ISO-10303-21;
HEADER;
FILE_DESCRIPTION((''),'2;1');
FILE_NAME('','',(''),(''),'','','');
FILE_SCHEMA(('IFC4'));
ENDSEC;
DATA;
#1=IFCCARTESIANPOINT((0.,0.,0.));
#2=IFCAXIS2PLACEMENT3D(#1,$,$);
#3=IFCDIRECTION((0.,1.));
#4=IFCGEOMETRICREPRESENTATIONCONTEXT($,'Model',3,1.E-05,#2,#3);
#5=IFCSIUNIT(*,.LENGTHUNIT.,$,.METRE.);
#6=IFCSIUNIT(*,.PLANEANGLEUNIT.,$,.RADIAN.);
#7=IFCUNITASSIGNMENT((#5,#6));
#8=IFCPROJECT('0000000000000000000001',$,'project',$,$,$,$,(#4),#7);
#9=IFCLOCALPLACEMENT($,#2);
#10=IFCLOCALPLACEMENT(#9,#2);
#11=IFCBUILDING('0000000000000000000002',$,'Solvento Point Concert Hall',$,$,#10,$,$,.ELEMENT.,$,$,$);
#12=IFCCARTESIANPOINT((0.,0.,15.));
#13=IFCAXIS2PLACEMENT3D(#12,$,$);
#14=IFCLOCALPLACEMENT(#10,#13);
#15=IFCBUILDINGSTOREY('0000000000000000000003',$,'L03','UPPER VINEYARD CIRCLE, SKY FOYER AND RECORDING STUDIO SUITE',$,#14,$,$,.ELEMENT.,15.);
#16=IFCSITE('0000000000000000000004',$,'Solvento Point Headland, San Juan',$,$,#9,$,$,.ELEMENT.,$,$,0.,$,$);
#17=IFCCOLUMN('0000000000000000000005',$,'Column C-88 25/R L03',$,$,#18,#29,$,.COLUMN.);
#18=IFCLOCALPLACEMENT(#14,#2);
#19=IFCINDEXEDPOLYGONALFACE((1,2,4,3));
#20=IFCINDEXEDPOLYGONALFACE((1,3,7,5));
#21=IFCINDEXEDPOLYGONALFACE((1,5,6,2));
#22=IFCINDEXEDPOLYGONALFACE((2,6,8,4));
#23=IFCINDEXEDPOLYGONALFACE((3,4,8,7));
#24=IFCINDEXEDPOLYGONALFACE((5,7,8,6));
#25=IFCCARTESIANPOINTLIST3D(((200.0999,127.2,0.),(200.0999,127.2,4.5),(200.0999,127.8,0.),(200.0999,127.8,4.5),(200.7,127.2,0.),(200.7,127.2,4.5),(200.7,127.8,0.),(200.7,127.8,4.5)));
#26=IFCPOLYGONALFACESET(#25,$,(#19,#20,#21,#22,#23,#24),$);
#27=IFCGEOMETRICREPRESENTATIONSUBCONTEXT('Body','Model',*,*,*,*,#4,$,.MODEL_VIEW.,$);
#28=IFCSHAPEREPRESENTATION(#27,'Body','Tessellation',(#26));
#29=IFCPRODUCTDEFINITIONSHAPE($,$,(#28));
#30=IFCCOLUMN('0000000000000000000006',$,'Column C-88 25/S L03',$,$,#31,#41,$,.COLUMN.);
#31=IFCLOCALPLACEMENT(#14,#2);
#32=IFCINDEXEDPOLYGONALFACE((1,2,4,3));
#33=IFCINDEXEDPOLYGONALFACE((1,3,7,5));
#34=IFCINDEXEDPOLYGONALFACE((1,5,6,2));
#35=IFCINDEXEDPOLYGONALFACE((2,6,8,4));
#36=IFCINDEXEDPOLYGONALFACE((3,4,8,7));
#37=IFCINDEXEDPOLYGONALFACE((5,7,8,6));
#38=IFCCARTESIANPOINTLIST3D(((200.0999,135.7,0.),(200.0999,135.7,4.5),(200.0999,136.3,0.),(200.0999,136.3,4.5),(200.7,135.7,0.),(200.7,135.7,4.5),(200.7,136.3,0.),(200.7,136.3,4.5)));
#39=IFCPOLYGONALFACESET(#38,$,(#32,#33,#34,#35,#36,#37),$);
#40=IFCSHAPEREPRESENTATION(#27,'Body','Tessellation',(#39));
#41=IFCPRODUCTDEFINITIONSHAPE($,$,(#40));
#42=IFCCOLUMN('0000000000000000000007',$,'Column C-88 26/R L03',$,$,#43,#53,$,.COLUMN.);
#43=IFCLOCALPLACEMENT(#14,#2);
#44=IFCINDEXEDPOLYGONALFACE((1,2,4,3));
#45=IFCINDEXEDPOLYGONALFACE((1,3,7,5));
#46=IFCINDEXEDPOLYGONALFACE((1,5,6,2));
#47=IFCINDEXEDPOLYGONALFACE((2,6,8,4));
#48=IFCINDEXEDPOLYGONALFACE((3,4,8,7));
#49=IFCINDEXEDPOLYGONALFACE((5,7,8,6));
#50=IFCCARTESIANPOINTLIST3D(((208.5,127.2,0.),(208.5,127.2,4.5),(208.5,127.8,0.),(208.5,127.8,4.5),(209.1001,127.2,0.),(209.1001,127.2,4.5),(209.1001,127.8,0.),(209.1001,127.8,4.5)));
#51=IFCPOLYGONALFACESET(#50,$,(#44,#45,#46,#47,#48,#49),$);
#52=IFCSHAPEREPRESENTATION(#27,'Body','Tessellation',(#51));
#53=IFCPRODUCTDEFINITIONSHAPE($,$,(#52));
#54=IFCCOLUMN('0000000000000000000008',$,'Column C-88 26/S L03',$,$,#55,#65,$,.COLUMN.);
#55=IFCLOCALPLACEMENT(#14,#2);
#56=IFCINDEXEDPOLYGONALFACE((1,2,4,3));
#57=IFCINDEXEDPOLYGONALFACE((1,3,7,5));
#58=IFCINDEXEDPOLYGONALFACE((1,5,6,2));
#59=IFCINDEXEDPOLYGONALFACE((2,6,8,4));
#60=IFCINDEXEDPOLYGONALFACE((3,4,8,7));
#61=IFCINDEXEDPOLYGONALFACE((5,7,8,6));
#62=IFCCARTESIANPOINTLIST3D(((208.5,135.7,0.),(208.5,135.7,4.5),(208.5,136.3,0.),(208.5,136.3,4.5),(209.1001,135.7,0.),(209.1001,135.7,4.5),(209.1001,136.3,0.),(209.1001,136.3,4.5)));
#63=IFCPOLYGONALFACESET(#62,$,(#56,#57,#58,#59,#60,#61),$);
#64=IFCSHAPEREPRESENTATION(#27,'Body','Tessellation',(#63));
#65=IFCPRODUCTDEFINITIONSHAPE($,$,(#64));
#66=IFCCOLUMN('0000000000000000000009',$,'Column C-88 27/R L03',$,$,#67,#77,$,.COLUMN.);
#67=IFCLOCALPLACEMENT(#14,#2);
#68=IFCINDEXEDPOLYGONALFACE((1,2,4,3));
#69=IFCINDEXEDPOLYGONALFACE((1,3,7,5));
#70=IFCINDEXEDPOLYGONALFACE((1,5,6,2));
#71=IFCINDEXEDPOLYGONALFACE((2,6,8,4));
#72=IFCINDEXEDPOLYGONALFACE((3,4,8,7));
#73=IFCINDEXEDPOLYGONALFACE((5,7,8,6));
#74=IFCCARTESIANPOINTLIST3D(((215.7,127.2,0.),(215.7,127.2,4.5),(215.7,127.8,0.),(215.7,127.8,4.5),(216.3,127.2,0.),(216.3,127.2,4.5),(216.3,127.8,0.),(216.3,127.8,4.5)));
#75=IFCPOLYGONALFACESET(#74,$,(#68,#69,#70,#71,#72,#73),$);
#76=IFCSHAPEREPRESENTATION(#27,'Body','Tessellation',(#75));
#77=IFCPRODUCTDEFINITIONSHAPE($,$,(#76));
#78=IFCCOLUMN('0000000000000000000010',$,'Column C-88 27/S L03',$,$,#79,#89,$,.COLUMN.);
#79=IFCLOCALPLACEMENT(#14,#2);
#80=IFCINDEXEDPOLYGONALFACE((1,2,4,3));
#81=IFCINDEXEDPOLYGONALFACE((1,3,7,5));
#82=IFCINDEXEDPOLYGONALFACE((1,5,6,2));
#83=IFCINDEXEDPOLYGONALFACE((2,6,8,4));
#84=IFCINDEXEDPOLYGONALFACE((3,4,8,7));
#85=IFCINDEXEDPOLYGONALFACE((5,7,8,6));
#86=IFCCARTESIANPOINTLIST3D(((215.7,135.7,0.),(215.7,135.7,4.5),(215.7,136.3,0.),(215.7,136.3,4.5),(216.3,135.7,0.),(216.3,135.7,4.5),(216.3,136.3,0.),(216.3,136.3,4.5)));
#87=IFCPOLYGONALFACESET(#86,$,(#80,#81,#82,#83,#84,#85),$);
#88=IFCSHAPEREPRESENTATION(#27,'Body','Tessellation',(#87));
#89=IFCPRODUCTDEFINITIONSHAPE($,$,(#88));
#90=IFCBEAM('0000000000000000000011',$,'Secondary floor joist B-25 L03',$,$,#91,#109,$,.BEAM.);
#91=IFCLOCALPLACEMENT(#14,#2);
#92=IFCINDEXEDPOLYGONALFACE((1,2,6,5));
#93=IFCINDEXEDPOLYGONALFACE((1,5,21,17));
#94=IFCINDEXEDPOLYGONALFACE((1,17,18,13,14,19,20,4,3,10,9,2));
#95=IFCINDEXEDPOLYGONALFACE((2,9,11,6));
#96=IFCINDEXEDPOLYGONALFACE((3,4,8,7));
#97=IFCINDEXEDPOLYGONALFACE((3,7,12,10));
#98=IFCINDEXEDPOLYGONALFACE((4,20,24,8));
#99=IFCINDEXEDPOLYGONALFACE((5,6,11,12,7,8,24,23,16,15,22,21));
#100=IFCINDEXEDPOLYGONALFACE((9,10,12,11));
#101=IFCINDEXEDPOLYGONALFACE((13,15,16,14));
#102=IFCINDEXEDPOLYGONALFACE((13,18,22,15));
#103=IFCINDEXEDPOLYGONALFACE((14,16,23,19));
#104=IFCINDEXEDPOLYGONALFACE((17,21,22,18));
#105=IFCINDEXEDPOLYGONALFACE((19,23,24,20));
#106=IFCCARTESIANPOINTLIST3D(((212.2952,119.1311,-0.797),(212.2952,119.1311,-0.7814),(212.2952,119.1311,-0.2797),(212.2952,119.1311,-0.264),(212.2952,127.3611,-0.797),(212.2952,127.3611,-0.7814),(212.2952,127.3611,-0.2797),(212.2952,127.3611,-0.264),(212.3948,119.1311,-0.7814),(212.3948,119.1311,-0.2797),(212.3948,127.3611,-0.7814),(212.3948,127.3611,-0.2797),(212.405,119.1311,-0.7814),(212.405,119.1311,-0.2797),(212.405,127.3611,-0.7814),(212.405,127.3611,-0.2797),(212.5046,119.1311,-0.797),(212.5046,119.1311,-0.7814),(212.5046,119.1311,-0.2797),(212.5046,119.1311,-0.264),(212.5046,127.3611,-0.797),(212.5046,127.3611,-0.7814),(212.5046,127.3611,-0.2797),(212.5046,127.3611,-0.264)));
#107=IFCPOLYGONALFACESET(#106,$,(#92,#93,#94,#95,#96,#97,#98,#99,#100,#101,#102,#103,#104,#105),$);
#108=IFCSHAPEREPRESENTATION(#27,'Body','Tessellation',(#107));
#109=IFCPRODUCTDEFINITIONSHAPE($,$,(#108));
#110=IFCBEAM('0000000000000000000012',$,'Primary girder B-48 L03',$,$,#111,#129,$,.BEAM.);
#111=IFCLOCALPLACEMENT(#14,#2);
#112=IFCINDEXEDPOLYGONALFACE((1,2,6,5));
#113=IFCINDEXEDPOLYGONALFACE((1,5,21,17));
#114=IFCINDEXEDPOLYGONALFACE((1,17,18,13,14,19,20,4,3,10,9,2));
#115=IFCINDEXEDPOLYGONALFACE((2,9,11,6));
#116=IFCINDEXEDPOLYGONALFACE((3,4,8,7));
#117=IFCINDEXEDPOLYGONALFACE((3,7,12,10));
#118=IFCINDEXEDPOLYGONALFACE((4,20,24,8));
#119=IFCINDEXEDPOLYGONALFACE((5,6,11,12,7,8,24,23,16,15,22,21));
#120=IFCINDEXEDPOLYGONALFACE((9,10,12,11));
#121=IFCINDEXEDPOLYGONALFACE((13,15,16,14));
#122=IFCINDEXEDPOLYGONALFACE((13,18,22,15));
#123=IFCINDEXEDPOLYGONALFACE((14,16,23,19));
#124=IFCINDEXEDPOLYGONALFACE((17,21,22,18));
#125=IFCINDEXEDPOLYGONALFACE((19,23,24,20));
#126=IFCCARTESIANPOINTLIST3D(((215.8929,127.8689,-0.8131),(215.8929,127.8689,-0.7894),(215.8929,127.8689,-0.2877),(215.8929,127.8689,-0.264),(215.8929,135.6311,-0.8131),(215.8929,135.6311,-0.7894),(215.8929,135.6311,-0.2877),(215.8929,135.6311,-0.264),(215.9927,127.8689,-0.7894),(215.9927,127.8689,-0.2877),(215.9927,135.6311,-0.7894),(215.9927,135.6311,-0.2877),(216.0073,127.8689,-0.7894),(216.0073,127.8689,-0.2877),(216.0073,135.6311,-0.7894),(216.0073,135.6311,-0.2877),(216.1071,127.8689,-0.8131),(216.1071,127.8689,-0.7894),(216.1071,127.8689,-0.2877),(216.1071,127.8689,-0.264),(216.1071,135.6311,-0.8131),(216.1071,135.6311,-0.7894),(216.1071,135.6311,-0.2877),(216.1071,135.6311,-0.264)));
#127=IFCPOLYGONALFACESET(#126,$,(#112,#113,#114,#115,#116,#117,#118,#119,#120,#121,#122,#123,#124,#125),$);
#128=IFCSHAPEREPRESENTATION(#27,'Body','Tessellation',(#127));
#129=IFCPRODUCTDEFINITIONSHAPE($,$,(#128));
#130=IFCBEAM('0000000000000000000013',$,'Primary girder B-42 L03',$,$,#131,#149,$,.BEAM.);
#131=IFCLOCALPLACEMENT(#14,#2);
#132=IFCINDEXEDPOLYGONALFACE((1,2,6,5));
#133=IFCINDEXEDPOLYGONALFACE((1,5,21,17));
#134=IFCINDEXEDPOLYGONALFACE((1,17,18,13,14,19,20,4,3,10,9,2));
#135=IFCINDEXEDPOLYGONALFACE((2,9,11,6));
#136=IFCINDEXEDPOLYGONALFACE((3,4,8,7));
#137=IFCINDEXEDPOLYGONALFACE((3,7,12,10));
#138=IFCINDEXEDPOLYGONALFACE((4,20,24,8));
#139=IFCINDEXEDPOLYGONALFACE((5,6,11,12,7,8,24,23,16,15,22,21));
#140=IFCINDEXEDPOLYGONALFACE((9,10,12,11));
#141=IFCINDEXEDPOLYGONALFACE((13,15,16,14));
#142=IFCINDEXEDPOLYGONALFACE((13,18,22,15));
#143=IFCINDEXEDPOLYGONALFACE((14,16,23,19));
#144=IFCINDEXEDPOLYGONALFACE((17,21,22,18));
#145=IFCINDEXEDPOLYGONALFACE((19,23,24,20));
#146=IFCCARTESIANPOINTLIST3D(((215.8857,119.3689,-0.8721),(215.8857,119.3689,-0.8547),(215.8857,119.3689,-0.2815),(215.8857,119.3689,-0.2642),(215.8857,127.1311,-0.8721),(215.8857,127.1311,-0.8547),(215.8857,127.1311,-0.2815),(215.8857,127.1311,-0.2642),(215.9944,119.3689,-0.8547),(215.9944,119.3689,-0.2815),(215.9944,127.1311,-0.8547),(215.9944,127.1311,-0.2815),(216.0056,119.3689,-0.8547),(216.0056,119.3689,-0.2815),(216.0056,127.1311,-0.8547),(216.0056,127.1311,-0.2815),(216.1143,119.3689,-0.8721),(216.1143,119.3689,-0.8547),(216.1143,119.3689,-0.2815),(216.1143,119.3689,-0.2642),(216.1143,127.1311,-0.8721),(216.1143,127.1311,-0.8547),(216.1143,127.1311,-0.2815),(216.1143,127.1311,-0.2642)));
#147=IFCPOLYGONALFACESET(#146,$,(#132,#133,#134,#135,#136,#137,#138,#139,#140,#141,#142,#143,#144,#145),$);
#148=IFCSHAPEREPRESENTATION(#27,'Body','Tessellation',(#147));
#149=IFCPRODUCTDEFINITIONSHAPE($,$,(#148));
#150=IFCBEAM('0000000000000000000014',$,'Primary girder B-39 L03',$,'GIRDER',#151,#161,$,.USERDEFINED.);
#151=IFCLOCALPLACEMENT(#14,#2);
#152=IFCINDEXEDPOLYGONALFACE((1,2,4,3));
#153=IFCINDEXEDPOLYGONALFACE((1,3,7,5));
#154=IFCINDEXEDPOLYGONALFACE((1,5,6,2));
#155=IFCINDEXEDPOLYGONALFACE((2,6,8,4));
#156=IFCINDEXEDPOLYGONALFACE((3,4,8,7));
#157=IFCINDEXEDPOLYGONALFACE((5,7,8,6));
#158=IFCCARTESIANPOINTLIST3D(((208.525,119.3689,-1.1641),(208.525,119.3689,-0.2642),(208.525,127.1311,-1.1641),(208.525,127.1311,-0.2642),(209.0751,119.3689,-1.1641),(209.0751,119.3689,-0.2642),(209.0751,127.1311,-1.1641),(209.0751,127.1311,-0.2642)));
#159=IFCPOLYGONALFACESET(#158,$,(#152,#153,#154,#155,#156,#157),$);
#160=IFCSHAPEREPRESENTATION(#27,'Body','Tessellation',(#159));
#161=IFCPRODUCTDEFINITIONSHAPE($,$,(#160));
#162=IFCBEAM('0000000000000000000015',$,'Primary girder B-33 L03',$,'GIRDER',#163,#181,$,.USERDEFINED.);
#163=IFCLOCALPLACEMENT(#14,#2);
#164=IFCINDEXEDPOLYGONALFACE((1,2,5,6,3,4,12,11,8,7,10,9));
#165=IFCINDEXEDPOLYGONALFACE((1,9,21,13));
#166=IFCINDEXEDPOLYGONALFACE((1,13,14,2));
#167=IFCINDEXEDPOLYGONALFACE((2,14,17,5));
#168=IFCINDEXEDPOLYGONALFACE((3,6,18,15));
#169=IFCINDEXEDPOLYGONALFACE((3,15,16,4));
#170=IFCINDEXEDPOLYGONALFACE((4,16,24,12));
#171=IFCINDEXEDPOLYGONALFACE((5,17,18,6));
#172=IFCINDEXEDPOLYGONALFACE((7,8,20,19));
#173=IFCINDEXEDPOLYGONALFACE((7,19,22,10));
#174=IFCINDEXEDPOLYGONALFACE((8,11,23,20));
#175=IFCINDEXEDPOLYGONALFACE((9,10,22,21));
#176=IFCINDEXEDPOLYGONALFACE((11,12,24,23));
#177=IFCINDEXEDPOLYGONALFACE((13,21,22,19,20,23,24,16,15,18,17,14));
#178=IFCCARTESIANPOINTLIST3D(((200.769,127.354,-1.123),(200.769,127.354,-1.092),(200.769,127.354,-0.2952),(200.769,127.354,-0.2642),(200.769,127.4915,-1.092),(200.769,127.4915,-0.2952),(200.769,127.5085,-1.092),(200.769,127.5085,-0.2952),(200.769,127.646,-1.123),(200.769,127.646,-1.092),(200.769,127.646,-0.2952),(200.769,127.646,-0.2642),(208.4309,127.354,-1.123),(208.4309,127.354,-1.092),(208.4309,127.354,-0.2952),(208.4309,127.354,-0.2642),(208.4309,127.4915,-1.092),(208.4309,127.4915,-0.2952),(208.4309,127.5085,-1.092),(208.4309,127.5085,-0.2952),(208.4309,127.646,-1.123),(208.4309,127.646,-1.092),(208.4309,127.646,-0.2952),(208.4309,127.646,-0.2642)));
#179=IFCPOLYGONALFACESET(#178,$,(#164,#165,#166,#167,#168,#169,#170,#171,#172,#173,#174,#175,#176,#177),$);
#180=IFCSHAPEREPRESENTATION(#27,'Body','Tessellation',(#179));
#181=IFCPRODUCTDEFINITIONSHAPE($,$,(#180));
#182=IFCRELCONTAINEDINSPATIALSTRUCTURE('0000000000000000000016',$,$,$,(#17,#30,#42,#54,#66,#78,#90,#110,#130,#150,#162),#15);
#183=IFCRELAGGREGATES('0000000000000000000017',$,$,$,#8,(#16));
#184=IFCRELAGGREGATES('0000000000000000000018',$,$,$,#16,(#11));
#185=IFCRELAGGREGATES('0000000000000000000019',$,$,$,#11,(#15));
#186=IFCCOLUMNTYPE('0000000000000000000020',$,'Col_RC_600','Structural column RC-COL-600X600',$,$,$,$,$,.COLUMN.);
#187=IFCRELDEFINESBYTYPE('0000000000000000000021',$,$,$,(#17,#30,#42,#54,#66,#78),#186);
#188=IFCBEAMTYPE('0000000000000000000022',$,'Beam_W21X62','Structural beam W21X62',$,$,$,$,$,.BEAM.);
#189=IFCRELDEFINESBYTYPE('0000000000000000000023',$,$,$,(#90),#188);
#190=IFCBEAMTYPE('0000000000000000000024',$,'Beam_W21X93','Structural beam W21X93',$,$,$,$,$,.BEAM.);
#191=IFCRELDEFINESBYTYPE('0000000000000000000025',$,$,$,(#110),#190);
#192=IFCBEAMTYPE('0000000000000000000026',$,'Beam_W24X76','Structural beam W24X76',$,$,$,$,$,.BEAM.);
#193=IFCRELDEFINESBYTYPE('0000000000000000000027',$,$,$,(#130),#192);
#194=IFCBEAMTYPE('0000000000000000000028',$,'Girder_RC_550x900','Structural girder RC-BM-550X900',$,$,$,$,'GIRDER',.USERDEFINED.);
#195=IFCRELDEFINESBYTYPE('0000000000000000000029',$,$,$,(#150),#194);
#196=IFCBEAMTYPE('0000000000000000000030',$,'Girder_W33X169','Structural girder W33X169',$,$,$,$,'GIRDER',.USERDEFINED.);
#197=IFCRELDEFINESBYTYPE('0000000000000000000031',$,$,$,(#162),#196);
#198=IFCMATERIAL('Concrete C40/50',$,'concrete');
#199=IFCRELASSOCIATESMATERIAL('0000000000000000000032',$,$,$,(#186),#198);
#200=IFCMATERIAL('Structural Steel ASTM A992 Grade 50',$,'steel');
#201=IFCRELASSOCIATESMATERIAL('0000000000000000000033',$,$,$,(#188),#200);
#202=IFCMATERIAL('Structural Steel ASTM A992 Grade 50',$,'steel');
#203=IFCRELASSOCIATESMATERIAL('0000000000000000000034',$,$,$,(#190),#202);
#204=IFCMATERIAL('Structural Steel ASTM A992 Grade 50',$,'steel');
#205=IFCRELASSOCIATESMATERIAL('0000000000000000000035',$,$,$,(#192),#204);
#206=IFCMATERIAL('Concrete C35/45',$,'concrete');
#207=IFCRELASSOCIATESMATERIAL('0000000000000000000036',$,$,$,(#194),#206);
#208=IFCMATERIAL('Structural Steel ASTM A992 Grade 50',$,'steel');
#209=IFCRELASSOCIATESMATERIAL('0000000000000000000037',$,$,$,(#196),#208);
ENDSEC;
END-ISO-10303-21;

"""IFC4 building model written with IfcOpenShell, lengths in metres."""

from ifc_helpers import new_model, si_unit, direction, frame, origin, origin_2d, place, context, subcontext, project, spatial, rectangle, i_section, extrude, material, material_profile, profile_set, type_object, element, save


model = new_model("IFC4")

# Units and contexts
model_context = context("Model", 3, precision=1e-05, world=origin(), true_north=direction((0.0, 1.0)))
body_context = subcontext(model_context, "Body", "Model", "MODEL_VIEW")
ifc_project = project(units=[si_unit("LENGTHUNIT", "METRE"), si_unit("PLANEANGLEUNIT", "RADIAN")], contexts=[model_context])

# Site, building, storey
site_placement = place(None, origin())
site = spatial("IfcSite", under=ifc_project, at=site_placement, Name="Solvento Point Headland, San Juan", CompositionType="ELEMENT", RefElevation=0.0)
building_placement = place(site_placement, origin())
building = spatial("IfcBuilding", under=site, at=building_placement, Name="Solvento Point Concert Hall", CompositionType="ELEMENT")
storey_placement = place(building_placement, frame((0.0, 0.0, 15.0)))
storey = spatial("IfcBuildingStorey", under=building, at=storey_placement, Name="L03", Description="UPPER VINEYARD CIRCLE, SKY FOYER AND RECORDING STUDIO SUITE", CompositionType="ELEMENT", Elevation=15.0)

# Columns
ifc_material_1 = material(Name="Concrete C40/50", Category="concrete")
ifc_material_profile_1 = material_profile(ifc_material_1, rectangle(XDim=0.6001, YDim=0.6001, at=origin_2d()), Name="RC-COL-600X600")
ifc_profile_set_1 = profile_set([ifc_material_profile_1], Name="Concrete C40/50")
column_type = type_object("IfcColumnType", Name="Col_RC_600", Description="Structural column RC-COL-600X600", PredefinedType="COLUMN", material=ifc_profile_set_1)
for number, where, z_axis, x_axis, name in (
    (1, (200.3999, 127.5, 0.0), (0.0, 0.0, 1.0), (1.0, 0.0, 0.0), "Column C-88 25/R L03"),
    (2, (200.3999, 136.0, 0.0), (0.0, 0.0, 1.0), (1.0, 0.0, 0.0), "Column C-88 25/S L03"),
    (3, (208.8, 127.5, 0.0), (0.0, 0.0, 1.0), (1.0, 0.0, 0.0), "Column C-88 26/R L03"),
    (4, (208.8, 136.0, 0.0), (0.0, 0.0, 1.0), (1.0, 0.0, 0.0), "Column C-88 26/S L03"),
    (5, (216.0, 127.5, 0.0), (0.0, 0.0, 1.0), (1.0, 0.0, 0.0), "Column C-88 27/R L03"),
    (6, (216.0, 136.0, 0.0), (0.0, 0.0, 1.0), (1.0, 0.0, 0.0), "Column C-88 27/S L03"),
):
    element("IfcColumn", number, at=place(storey_placement, frame(where, z_axis=z_axis, x_axis=x_axis)), inside=storey, type_object=column_type, Name=name, PredefinedType="COLUMN", context=body_context, shape_type="SweptSolid", body=[
        extrude(rectangle(XDim=0.6001, YDim=0.6001, at=origin_2d()), origin(), (0.0, 0.0, 1.0), 4.5),
    ])

# Beams
ifc_material_2 = material(Name="Structural Steel ASTM A992 Grade 50", Category="steel")
ifc_material_profile_2 = material_profile(ifc_material_2, i_section(OverallWidth=0.2095, OverallDepth=0.533, WebThickness=0.0103, FlangeThickness=0.0156, at=origin_2d()), Name="W21X62")
ifc_profile_set_2 = profile_set([ifc_material_profile_2], Name="Structural Steel ASTM A992 Grade 50")
beam_type_1 = type_object("IfcBeamType", Name="Beam_W21X62", Description="Structural beam W21X62", PredefinedType="BEAM", material=ifc_profile_set_2)
beam_1_placement = place(storey_placement, frame((212.3999, 119.1311, -0.5305), z_axis=(0.0, 1.0, 0.0), x_axis=(-1.0, 0.0, 0.0)))
element("IfcBeam", 7, at=beam_1_placement, inside=storey, type_object=beam_type_1, Name="Secondary floor joist B-25 L03", PredefinedType="BEAM", context=body_context, shape_type="SweptSolid", body=[
    extrude(i_section(OverallWidth=0.2095, OverallDepth=0.533, WebThickness=0.0103, FlangeThickness=0.0156, at=origin_2d()), origin(), (0.0, 0.0, 1.0), 8.23),
])
ifc_material_3 = material(Name="Structural Steel ASTM A992 Grade 50", Category="steel")
ifc_material_profile_3 = material_profile(ifc_material_3, i_section(OverallWidth=0.2141, OverallDepth=0.5491, WebThickness=0.0146, FlangeThickness=0.0237, at=origin_2d()), Name="W21X93")
ifc_profile_set_3 = profile_set([ifc_material_profile_3], Name="Structural Steel ASTM A992 Grade 50")
beam_type_2 = type_object("IfcBeamType", Name="Beam_W21X93", Description="Structural beam W21X93", PredefinedType="BEAM", material=ifc_profile_set_3)
beam_2_placement = place(storey_placement, frame((216.0, 127.8689, -0.5386), z_axis=(0.0, 1.0, 0.0), x_axis=(-1.0, 0.0, 0.0)))
element("IfcBeam", 8, at=beam_2_placement, inside=storey, type_object=beam_type_2, Name="Primary girder B-48 L03", PredefinedType="BEAM", context=body_context, shape_type="SweptSolid", body=[
    extrude(i_section(OverallWidth=0.2141, OverallDepth=0.5491, WebThickness=0.0146, FlangeThickness=0.0237, at=origin_2d()), origin(), (0.0, 0.0, 1.0), 7.7622),
])
ifc_material_4 = material(Name="Structural Steel ASTM A992 Grade 50", Category="steel")
ifc_material_profile_4 = material_profile(ifc_material_4, i_section(OverallWidth=0.2285, OverallDepth=0.6079, WebThickness=0.0112, FlangeThickness=0.0173, at=origin_2d()), Name="W24X76")
ifc_profile_set_4 = profile_set([ifc_material_profile_4], Name="Structural Steel ASTM A992 Grade 50")
beam_type_3 = type_object("IfcBeamType", Name="Beam_W24X76", Description="Structural beam W24X76", PredefinedType="BEAM", material=ifc_profile_set_4)
beam_3_placement = place(storey_placement, frame((216.0, 119.3689, -0.5681), z_axis=(0.0, 1.0, 0.0), x_axis=(-1.0, 0.0, 0.0)))
element("IfcBeam", 9, at=beam_3_placement, inside=storey, type_object=beam_type_3, Name="Primary girder B-42 L03", PredefinedType="BEAM", context=body_context, shape_type="SweptSolid", body=[
    extrude(i_section(OverallWidth=0.2285, OverallDepth=0.6079, WebThickness=0.0112, FlangeThickness=0.0173, at=origin_2d()), origin(), (0.0, 0.0, 1.0), 7.7622),
])
ifc_material_5 = material(Name="Concrete C35/45", Category="concrete")
ifc_material_profile_5 = material_profile(ifc_material_5, rectangle(XDim=0.55, YDim=0.8999, at=origin_2d()), Name="RC-BM-550X900")
ifc_profile_set_5 = profile_set([ifc_material_profile_5], Name="Concrete C35/45")
beam_type_4 = type_object("IfcBeamType", Name="Girder_RC_550x900", Description="Structural girder RC-BM-550X900", ElementType="GIRDER", PredefinedType="USERDEFINED", material=ifc_profile_set_5)
beam_4_placement = place(storey_placement, frame((208.8, 119.3689, -0.7141), z_axis=(0.0, 1.0, 0.0), x_axis=(-1.0, 0.0, 0.0)))
element("IfcBeam", 10, at=beam_4_placement, inside=storey, type_object=beam_type_4, Name="Primary girder B-39 L03", ObjectType="GIRDER", PredefinedType="USERDEFINED", context=body_context, shape_type="SweptSolid", body=[
    extrude(rectangle(XDim=0.55, YDim=0.8999, at=origin_2d()), origin(), (0.0, 0.0, 1.0), 7.7622),
])
ifc_material_6 = material(Name="Structural Steel ASTM A992 Grade 50", Category="steel")
ifc_material_profile_6 = material_profile(ifc_material_6, i_section(OverallWidth=0.292, OverallDepth=0.8589, WebThickness=0.0171, FlangeThickness=0.031, at=origin_2d()), Name="W33X169")
ifc_profile_set_6 = profile_set([ifc_material_profile_6], Name="Structural Steel ASTM A992 Grade 50")
beam_type_5 = type_object("IfcBeamType", Name="Girder_W33X169", Description="Structural girder W33X169", ElementType="GIRDER", PredefinedType="USERDEFINED", material=ifc_profile_set_6)
beam_5_placement = place(storey_placement, frame((200.769, 127.5, -0.6936), z_axis=(1.0, 0.0, 0.0), x_axis=(0.0, 1.0, 0.0)))
element("IfcBeam", 11, at=beam_5_placement, inside=storey, type_object=beam_type_5, Name="Primary girder B-33 L03", ObjectType="GIRDER", PredefinedType="USERDEFINED", context=body_context, shape_type="SweptSolid", body=[
    extrude(i_section(OverallWidth=0.292, OverallDepth=0.8589, WebThickness=0.0171, FlangeThickness=0.031, at=origin_2d()), origin(), (0.0, 0.0, 1.0), 7.6619),
])

save(model, "model.ifc")
